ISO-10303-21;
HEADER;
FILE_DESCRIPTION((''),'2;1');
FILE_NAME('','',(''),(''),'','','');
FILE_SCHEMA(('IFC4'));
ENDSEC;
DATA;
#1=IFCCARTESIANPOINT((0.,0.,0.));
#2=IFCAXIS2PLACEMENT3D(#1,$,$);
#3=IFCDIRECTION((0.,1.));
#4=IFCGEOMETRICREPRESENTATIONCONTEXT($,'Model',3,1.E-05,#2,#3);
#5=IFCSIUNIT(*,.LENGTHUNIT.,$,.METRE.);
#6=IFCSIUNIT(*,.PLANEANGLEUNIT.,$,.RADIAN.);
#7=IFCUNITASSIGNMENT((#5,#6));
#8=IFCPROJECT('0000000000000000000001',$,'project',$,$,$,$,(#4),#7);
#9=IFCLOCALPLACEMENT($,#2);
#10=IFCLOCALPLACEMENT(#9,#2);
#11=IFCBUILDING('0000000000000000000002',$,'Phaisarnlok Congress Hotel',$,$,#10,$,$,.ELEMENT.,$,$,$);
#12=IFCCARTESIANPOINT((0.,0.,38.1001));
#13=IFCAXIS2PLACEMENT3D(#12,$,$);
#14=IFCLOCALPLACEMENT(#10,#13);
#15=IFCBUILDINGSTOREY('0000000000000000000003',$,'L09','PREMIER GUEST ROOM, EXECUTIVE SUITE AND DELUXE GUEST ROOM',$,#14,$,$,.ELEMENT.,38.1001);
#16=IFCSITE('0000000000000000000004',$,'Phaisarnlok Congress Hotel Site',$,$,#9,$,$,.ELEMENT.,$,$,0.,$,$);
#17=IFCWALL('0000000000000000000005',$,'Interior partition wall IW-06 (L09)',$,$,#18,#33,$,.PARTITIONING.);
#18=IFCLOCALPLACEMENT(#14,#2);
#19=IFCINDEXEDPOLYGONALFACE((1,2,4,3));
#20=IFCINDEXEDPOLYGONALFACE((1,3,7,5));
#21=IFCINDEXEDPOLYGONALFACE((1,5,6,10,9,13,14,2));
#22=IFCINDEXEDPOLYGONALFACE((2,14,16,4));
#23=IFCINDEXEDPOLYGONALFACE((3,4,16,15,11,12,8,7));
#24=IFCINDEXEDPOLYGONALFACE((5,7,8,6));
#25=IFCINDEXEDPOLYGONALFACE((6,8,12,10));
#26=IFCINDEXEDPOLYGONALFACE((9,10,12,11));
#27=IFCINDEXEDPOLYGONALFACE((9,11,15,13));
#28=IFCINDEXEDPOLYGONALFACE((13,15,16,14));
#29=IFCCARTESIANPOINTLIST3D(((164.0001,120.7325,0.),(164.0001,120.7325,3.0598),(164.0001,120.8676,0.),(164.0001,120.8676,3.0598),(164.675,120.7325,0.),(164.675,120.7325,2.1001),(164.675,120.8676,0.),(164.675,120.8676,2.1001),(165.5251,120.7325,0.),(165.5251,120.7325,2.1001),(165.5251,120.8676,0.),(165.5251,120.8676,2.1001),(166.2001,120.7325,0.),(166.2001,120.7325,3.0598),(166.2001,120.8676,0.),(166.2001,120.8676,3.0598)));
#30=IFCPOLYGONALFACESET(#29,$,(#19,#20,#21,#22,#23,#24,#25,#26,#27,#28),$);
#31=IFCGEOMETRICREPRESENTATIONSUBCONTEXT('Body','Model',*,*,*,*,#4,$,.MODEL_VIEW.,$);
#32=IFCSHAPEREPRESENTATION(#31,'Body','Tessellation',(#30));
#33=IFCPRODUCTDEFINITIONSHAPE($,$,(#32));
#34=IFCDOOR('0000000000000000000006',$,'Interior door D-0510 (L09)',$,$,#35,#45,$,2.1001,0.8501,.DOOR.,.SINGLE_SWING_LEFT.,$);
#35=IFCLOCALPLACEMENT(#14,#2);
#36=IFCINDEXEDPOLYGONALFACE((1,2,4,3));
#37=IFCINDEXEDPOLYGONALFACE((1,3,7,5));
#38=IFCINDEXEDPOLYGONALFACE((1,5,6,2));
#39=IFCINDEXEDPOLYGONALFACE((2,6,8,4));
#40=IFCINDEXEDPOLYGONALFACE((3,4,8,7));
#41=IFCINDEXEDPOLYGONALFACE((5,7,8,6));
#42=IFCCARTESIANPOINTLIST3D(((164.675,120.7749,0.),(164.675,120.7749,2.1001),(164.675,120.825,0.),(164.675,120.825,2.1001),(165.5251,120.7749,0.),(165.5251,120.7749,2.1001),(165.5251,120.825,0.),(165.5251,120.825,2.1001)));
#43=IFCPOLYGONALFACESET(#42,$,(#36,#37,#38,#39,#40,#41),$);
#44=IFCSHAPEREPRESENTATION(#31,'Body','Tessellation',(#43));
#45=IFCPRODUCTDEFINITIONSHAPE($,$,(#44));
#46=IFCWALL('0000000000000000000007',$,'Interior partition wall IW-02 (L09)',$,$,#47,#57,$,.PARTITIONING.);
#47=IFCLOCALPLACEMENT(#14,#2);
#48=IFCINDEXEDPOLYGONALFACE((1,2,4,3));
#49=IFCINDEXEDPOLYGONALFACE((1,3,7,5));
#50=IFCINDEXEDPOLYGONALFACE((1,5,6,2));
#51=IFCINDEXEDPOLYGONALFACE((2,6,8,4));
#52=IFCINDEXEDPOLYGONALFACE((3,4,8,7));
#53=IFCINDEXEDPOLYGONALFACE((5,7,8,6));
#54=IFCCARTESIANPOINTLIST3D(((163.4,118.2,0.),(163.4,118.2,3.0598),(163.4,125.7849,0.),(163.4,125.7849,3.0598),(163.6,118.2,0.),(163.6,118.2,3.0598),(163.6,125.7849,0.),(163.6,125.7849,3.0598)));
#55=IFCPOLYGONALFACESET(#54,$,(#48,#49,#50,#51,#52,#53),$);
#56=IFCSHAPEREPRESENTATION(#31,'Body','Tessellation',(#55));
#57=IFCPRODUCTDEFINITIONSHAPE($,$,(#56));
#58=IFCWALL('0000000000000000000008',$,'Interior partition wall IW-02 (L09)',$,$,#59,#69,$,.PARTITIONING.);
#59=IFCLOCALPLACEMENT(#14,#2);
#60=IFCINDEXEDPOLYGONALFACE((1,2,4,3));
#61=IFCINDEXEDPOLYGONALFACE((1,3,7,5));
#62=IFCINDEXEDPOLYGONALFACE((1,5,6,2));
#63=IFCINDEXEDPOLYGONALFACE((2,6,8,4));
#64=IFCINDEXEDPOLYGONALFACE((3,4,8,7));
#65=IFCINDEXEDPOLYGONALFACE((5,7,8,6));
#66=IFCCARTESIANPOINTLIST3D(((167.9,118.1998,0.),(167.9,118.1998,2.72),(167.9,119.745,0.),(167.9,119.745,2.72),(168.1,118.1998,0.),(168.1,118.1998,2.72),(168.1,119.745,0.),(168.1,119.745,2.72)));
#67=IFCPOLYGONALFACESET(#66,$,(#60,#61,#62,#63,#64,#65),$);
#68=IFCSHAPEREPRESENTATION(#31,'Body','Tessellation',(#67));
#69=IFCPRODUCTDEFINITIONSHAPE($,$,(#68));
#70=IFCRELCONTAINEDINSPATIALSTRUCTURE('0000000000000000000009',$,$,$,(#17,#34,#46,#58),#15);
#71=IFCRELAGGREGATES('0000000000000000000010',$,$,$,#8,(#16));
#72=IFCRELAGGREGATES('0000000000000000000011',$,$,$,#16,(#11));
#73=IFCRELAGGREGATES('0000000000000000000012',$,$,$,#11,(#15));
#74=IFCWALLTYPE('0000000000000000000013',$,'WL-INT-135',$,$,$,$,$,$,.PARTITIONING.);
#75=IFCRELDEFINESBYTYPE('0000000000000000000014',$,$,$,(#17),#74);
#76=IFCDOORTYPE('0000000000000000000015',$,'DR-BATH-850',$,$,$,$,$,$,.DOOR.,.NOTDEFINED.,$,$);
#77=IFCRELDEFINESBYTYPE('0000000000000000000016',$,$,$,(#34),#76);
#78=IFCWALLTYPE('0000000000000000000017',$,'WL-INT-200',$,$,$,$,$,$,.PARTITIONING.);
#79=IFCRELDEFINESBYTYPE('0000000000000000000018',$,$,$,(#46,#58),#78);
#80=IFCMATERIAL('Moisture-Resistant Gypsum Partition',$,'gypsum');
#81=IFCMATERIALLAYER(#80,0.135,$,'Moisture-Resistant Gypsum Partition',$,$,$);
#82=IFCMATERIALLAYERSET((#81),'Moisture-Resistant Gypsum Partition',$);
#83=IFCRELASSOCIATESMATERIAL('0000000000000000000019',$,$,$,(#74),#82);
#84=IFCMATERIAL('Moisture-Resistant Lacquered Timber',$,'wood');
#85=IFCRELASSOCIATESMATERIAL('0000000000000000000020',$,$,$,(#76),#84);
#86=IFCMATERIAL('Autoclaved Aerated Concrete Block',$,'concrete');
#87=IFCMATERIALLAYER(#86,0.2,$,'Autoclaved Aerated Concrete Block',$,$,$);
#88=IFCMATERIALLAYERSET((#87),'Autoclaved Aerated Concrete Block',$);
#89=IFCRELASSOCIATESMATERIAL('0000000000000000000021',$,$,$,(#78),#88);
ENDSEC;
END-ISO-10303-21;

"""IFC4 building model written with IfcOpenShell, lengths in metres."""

from ifc_helpers import new_model, si_unit, direction, frame, frame_2d, origin, place, context, subcontext, project, spatial, rectangle, extrude, material, layer, layer_set, type_object, element, fill, save


model = new_model("IFC4")

# Units and contexts
model_context = context("Model", 3, precision=1e-05, world=origin(), true_north=direction((0.0, 1.0)))
body_context = subcontext(model_context, "Body", "Model", "MODEL_VIEW")
ifc_project = project(units=[si_unit("LENGTHUNIT", "METRE"), si_unit("PLANEANGLEUNIT", "RADIAN")], contexts=[model_context])

# Site, building, storey
site_placement = place(None, origin())
site = spatial("IfcSite", under=ifc_project, at=site_placement, Name="Phaisarnlok Congress Hotel Site", CompositionType="ELEMENT", RefElevation=0.0)
building_placement = place(site_placement, origin())
building = spatial("IfcBuilding", under=site, at=building_placement, Name="Phaisarnlok Congress Hotel", CompositionType="ELEMENT")
storey_placement = place(building_placement, frame((0.0, 0.0, 38.1001)))
storey = spatial("IfcBuildingStorey", under=building, at=storey_placement, Name="L09", Description="PREMIER GUEST ROOM, EXECUTIVE SUITE AND DELUXE GUEST ROOM", CompositionType="ELEMENT", Elevation=38.1001)

# Shared definitions
ifc_material_1 = material(Name="Moisture-Resistant Gypsum Partition", Category="gypsum")
ifc_layer_1 = layer(ifc_material_1, 0.135, Name="Moisture-Resistant Gypsum Partition")
ifc_layer_set_1 = layer_set([ifc_layer_1], Name="Moisture-Resistant Gypsum Partition")
wall_type_1 = type_object("IfcWallType", Name="WL-INT-135", PredefinedType="PARTITIONING", material=ifc_layer_set_1)

# Wall, opening, door
wall_1_placement = place(storey_placement, frame((164.0, 120.8, 0.0), z_axis=(0.0, 0.0, 1.0), x_axis=(1.0, 0.0, 0.0)))
wall_1 = element("IfcWall", 1, at=wall_1_placement, inside=storey, type_object=wall_type_1, Name="Interior partition wall IW-06 (L09)", PredefinedType="PARTITIONING", context=body_context, shape_type="SweptSolid", body=[
    extrude(rectangle(XDim=2.2, YDim=0.135, at=frame_2d((1.1001, 0.0))), origin(), (0.0, 0.0, 1.0), 3.0598),
])
opening_1_placement = place(wall_1_placement, frame((0.675, 0.0, 0.0)))
opening_1 = element("IfcOpeningElement", 2, at=opening_1_placement, cuts=wall_1, PredefinedType="OPENING", context=body_context, shape_type="SweptSolid", body=[
    extrude(rectangle(XDim=0.8501, YDim=2.1001, at=frame_2d((0.425, 1.05))), frame((0.0, 0.0776, 0.0), z_axis=(0.0, -1.0, 0.0), x_axis=(1.0, 0.0, 0.0)), (0.0, 0.0, 1.0), 0.155),
])
ifc_material_2 = material(Name="Moisture-Resistant Lacquered Timber", Category="wood")
door_type_1 = type_object("IfcDoorType", Name="DR-BATH-850", OperationType="NOTDEFINED", PredefinedType="DOOR", material=ifc_material_2)
door_1_placement = place(opening_1_placement, origin())
door_1 = element("IfcDoor", 3, at=door_1_placement, inside=storey, type_object=door_type_1, Name="Interior door D-0510 (L09)", OperationType="SINGLE_SWING_LEFT", OverallHeight=2.1001, OverallWidth=0.8501, PredefinedType="DOOR", context=body_context, shape_type="SweptSolid", body=[
    extrude(rectangle(XDim=0.8501, YDim=2.1001, at=frame_2d((0.425, 1.05))), frame((0.0, 0.0249, 0.0), z_axis=(0.0, -1.0, 0.0), x_axis=(1.0, 0.0, 0.0)), (0.0, 0.0, 1.0), 0.05),
])
fill(opening_1, door_1)

# Walls
ifc_material_3 = material(Name="Autoclaved Aerated Concrete Block", Category="concrete")
ifc_layer_2 = layer(ifc_material_3, 0.2, Name="Autoclaved Aerated Concrete Block")
ifc_layer_set_2 = layer_set([ifc_layer_2], Name="Autoclaved Aerated Concrete Block")
wall_type_2 = type_object("IfcWallType", Name="WL-INT-200", PredefinedType="PARTITIONING", material=ifc_layer_set_2)
wall_2_placement = place(storey_placement, frame((163.5, 118.2, 0.0), z_axis=(0.0, 0.0, 1.0), x_axis=(0.0, 1.0, 0.0)))
element("IfcWall", 4, at=wall_2_placement, inside=storey, type_object=wall_type_2, Name="Interior partition wall IW-02 (L09)", PredefinedType="PARTITIONING", context=body_context, shape_type="SweptSolid", body=[
    extrude(rectangle(XDim=7.585, YDim=0.2, at=frame_2d((3.7925, 0.0))), origin(), (0.0, 0.0, 1.0), 3.0598),
])
wall_3_placement = place(storey_placement, frame((168.0, 118.2, 0.0), z_axis=(0.0, 0.0, 1.0), x_axis=(0.0, 1.0, 0.0)))
element("IfcWall", 5, at=wall_3_placement, inside=storey, type_object=wall_type_2, Name="Interior partition wall IW-02 (L09)", PredefinedType="PARTITIONING", context=body_context, shape_type="SweptSolid", body=[
    extrude(rectangle(XDim=1.5452, YDim=0.2, at=frame_2d((0.7725, 0.0))), origin(), (0.0, 0.0, 1.0), 2.72),
])

save(model, "model.ifc")
